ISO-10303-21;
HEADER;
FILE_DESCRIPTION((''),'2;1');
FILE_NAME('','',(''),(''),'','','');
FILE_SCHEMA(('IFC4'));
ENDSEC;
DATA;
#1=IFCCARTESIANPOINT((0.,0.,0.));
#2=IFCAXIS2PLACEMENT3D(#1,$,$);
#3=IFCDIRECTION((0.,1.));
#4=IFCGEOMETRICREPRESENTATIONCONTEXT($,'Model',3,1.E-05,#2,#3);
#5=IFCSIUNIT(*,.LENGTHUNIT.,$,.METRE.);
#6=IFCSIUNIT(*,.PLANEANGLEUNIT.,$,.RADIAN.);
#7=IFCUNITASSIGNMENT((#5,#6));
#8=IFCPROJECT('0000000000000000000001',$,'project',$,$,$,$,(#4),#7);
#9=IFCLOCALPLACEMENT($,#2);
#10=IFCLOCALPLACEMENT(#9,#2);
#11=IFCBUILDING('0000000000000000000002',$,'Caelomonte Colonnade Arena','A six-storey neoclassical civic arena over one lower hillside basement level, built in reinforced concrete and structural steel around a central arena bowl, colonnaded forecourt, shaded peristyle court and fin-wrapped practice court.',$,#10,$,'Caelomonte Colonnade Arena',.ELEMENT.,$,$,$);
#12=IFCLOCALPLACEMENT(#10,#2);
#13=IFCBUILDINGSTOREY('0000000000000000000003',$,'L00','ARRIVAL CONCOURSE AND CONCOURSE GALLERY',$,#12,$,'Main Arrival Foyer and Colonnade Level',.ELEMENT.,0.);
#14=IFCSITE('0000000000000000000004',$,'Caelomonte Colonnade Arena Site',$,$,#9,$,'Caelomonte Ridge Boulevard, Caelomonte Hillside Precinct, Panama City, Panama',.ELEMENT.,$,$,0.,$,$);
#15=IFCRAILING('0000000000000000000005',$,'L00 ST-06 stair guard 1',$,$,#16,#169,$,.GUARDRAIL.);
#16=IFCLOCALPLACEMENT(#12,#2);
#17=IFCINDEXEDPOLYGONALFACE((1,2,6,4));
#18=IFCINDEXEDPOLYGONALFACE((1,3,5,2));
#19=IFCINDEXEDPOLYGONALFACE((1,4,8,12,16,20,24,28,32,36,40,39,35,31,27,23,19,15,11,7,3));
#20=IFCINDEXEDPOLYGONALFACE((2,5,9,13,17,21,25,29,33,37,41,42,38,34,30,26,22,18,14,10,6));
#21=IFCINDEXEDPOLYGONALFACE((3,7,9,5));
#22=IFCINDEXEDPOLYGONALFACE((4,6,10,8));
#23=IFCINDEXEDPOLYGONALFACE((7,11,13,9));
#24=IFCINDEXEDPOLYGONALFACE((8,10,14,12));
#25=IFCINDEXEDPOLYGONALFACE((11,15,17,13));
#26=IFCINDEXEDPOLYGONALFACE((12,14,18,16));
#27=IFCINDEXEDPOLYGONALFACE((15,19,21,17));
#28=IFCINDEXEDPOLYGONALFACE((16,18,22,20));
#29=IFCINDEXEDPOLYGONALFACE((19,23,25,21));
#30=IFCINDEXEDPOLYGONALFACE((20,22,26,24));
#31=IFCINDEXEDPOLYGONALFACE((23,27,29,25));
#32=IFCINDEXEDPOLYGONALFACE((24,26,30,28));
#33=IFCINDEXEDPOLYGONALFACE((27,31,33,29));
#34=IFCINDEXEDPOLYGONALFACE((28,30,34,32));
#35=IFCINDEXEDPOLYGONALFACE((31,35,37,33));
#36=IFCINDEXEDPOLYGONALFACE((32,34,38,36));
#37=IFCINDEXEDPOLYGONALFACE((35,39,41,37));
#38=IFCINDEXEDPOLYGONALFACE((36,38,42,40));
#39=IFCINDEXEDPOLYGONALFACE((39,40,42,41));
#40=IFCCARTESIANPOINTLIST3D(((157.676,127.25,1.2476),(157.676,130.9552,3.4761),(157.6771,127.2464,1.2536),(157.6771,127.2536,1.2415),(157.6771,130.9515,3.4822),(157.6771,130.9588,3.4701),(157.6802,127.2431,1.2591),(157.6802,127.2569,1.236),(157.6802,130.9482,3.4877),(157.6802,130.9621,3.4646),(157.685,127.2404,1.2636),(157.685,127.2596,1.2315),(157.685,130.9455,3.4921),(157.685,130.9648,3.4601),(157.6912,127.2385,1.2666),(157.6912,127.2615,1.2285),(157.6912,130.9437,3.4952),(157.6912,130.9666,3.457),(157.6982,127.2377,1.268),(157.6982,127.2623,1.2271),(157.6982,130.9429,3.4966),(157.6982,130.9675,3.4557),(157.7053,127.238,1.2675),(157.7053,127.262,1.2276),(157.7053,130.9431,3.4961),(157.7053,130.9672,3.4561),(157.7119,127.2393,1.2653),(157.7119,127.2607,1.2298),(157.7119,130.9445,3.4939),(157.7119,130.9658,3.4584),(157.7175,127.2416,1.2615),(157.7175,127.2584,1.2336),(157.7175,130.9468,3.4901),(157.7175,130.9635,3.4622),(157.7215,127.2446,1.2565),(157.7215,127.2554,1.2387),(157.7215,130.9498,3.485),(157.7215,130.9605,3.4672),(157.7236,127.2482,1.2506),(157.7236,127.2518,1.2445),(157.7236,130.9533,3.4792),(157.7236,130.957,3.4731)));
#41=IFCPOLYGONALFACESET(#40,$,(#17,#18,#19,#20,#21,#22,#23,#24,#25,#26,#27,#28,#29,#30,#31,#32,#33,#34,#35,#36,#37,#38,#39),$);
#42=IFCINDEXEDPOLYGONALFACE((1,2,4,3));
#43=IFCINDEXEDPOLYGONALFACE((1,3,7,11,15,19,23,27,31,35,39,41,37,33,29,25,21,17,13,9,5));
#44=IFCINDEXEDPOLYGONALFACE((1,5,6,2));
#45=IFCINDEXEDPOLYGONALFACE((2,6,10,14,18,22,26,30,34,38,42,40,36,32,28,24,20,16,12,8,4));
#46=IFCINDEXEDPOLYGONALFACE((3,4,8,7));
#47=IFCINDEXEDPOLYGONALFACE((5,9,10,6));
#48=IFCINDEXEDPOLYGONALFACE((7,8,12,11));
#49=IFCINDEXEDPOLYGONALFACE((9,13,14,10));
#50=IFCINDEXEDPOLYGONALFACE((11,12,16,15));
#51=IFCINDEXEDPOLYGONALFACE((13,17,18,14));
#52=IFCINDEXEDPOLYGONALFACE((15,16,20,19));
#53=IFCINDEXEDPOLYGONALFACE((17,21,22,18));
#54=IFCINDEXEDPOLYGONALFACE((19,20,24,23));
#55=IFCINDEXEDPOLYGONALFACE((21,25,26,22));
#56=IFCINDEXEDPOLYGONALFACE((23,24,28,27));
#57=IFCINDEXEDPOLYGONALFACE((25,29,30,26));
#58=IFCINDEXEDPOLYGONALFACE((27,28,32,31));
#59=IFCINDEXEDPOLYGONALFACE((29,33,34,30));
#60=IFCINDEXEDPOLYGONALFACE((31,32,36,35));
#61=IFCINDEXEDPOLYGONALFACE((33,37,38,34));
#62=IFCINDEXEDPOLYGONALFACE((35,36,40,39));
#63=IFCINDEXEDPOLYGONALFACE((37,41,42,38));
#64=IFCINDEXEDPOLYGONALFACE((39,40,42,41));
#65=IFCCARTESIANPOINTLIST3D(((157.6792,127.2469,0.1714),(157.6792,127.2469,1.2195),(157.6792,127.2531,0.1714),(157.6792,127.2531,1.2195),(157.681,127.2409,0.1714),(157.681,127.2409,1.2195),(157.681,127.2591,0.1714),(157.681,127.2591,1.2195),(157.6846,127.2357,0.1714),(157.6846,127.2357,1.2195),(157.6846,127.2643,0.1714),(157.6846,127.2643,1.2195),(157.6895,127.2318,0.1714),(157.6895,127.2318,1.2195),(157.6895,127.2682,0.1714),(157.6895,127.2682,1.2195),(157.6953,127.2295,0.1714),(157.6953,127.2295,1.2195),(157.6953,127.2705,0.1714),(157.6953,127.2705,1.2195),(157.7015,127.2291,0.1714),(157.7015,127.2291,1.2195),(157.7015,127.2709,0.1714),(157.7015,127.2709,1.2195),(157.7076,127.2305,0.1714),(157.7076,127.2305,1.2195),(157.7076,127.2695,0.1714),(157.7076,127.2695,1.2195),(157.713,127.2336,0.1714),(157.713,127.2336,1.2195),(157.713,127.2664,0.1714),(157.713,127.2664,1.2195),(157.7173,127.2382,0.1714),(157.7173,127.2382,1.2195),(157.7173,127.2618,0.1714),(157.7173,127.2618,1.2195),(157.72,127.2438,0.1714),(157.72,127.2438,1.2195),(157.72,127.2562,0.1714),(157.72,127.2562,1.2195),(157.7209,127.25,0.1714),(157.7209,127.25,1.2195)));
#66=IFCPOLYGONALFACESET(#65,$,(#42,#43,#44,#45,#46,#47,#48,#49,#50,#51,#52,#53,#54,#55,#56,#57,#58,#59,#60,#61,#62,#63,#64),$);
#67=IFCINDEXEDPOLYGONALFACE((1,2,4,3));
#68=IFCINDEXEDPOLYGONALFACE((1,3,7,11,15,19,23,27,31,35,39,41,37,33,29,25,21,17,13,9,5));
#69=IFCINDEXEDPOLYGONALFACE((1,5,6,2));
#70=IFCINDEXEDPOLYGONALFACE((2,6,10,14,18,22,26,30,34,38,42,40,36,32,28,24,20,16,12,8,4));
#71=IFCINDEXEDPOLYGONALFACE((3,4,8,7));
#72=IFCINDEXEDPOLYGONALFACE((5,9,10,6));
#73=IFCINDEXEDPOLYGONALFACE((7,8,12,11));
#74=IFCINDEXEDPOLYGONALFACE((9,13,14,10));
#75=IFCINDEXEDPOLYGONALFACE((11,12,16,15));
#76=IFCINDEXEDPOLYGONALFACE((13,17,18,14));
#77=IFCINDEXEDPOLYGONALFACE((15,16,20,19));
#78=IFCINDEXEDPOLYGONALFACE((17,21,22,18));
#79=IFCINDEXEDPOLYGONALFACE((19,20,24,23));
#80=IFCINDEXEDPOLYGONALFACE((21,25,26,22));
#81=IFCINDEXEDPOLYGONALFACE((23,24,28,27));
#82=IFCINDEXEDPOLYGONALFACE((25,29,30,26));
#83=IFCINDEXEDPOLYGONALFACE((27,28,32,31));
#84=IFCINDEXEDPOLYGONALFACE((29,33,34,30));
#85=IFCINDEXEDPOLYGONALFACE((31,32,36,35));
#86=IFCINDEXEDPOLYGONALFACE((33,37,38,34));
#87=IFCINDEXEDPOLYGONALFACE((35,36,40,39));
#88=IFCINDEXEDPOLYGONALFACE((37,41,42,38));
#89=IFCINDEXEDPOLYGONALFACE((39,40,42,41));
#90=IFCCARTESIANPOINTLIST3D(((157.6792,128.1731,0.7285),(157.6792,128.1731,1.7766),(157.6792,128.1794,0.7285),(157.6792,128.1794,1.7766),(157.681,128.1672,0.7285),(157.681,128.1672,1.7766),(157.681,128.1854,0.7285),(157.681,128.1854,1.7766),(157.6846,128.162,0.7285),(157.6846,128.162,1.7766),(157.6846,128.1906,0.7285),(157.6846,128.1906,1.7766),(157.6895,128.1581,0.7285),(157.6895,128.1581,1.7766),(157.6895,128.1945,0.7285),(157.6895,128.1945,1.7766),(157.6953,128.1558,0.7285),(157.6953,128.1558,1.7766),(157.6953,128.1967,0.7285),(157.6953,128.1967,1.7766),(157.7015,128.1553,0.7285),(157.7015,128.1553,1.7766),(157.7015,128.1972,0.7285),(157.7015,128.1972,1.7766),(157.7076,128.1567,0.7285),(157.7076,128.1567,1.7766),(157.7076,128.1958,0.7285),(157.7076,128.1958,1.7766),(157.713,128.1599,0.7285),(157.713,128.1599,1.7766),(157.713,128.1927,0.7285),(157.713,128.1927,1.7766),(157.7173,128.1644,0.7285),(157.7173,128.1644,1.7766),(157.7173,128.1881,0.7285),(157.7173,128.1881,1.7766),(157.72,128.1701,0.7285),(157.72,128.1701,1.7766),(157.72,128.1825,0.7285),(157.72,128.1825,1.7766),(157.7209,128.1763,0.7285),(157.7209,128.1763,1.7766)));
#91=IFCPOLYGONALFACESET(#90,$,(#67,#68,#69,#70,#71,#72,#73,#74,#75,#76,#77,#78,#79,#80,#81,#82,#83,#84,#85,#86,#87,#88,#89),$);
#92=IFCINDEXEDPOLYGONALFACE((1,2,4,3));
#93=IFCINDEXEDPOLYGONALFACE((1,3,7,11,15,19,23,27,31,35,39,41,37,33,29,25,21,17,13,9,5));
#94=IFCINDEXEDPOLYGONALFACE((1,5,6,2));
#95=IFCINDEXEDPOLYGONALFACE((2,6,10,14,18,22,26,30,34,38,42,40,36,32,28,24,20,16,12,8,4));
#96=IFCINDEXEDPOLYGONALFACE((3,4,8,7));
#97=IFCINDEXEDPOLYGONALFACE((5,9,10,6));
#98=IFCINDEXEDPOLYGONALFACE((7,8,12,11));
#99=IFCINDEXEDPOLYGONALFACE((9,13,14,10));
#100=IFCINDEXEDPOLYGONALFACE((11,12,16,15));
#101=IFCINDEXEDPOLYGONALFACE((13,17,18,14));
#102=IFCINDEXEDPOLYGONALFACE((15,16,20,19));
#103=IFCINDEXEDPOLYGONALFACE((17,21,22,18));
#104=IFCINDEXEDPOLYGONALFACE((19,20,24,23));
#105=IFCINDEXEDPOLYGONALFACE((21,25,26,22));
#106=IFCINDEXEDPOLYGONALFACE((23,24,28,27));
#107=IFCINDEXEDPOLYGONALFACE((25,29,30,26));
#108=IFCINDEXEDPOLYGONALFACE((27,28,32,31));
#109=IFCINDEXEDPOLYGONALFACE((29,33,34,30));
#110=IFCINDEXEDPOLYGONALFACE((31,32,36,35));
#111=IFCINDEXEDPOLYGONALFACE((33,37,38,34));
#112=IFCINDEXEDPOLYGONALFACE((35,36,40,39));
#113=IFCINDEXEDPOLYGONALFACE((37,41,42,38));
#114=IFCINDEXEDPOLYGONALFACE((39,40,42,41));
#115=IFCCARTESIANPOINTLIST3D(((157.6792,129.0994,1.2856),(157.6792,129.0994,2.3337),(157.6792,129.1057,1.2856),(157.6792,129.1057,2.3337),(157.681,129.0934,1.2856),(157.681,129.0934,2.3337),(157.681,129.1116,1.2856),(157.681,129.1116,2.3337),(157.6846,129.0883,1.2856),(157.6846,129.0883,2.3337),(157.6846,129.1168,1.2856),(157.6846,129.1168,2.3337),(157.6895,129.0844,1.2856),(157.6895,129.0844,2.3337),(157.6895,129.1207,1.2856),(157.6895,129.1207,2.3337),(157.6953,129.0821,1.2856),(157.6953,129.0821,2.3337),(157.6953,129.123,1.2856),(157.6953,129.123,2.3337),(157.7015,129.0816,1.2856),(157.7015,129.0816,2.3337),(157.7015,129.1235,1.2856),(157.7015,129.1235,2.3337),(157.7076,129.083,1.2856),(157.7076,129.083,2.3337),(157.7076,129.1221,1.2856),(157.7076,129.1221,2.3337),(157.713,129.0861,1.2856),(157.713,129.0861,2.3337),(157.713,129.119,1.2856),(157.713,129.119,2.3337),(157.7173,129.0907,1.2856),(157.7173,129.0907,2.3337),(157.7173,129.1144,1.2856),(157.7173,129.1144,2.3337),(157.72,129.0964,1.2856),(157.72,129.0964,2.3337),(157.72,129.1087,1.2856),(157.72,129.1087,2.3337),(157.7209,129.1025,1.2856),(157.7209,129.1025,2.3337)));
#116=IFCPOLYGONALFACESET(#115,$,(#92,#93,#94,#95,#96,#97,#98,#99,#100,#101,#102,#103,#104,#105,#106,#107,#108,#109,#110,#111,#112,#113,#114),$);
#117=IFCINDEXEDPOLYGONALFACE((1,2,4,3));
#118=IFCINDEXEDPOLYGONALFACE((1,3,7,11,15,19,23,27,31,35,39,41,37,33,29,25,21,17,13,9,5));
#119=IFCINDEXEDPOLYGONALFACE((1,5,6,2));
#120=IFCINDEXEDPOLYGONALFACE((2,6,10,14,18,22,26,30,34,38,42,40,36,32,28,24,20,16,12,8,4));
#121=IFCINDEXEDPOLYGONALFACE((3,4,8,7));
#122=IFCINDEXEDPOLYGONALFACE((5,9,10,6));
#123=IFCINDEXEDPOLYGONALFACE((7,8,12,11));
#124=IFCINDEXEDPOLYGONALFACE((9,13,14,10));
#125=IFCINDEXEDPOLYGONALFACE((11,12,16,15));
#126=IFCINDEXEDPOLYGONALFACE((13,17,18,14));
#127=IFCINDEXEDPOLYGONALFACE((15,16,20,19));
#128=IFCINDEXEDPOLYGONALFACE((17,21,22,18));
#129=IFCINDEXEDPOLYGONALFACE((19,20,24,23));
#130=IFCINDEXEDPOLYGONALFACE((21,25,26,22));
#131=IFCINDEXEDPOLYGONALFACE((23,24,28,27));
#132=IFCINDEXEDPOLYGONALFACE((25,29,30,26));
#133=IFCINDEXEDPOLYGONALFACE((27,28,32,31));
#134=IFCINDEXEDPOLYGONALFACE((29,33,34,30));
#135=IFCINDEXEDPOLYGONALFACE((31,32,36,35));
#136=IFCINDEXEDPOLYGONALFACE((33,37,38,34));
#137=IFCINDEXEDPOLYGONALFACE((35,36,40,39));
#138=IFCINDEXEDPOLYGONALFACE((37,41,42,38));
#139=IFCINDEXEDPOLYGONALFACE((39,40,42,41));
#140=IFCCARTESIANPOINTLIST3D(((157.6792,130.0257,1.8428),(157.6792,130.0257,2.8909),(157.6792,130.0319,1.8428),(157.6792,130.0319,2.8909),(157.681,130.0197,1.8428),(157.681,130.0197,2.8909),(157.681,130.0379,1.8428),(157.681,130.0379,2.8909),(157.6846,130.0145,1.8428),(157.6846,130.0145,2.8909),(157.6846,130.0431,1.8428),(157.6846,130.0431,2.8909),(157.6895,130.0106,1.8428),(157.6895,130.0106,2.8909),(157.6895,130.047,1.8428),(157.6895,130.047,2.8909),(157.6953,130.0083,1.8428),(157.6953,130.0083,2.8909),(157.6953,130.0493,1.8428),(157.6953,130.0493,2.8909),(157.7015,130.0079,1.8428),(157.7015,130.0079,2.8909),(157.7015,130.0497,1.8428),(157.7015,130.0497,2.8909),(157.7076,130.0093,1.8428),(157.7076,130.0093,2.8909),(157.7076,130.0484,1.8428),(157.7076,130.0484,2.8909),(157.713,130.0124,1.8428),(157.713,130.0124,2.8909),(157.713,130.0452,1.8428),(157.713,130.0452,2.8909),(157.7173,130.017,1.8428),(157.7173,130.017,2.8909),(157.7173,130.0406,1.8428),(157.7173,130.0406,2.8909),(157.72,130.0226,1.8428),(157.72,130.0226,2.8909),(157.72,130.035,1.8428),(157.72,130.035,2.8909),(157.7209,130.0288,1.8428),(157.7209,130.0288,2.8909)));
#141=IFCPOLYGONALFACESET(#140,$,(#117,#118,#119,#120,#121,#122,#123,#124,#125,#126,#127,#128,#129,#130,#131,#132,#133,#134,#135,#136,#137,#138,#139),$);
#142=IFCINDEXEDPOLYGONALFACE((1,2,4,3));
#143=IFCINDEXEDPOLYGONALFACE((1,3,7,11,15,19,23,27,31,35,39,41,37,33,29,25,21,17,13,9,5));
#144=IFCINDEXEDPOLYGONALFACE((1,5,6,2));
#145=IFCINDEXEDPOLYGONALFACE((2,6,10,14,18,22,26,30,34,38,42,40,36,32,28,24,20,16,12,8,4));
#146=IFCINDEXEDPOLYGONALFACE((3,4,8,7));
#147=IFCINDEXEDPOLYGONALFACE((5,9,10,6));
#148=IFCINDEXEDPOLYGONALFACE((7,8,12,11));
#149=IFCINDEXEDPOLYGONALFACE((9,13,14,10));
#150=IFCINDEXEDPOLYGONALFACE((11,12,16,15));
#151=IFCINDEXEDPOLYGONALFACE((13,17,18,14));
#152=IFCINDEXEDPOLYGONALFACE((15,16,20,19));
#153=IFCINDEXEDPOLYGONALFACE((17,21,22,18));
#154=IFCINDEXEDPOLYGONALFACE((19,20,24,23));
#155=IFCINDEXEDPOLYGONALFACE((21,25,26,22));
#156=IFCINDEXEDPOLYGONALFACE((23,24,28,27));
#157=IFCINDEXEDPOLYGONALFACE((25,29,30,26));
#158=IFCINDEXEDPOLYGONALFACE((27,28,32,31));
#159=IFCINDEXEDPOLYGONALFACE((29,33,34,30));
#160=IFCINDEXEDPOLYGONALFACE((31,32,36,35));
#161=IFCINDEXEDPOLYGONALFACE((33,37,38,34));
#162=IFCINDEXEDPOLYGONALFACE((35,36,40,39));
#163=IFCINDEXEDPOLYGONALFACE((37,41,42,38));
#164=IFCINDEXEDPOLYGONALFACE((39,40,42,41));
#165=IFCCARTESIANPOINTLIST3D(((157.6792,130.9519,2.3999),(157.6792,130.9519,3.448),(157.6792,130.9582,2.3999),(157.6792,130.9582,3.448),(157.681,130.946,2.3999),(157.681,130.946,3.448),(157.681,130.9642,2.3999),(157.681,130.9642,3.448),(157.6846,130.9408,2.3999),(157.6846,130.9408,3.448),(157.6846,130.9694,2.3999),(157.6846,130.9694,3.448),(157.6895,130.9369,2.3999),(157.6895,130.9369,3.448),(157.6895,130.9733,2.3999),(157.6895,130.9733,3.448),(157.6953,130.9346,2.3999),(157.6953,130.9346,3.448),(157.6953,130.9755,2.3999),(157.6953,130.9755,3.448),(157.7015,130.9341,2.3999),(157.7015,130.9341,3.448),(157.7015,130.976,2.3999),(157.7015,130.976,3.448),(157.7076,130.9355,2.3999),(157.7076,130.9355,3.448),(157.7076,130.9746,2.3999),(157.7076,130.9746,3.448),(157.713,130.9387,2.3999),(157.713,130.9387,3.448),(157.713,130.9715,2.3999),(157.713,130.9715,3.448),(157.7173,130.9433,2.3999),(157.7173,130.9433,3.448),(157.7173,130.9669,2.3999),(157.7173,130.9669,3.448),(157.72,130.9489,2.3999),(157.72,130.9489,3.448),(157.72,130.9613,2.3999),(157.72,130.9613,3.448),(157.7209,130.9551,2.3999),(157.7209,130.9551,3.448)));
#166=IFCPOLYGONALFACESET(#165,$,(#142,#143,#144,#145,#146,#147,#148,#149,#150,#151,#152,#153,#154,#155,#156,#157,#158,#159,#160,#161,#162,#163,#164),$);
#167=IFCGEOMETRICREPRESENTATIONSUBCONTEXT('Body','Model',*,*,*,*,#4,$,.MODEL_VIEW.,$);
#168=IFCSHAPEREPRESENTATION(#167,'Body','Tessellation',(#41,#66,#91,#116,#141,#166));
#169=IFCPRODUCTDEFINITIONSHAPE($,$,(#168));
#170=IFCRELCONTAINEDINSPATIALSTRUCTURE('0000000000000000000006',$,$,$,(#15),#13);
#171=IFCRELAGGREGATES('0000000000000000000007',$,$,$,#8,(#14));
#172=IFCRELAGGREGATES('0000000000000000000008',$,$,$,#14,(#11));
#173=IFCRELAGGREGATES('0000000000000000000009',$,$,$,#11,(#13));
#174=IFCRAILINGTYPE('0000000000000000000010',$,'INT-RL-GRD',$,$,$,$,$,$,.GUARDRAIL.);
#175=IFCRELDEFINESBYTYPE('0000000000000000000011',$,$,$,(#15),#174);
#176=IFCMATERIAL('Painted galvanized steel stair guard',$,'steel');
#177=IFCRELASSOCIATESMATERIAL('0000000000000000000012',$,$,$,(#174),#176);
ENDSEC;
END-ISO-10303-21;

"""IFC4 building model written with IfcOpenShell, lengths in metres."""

from ifc_helpers import new_model, si_unit, direction, frame, origin, origin_2d, place, context, subcontext, project, spatial, circle, extrude, material, type_object, element, save


model = new_model("IFC4")

# Units and contexts
model_context = context("Model", 3, precision=1e-05, world=origin(), true_north=direction((0.0, 1.0)))
body_context = subcontext(model_context, "Body", "Model", "MODEL_VIEW")
ifc_project = project(units=[si_unit("LENGTHUNIT", "METRE"), si_unit("PLANEANGLEUNIT", "RADIAN")], contexts=[model_context])

# Site, building, storey
site_placement = place(None, origin())
site = spatial("IfcSite", under=ifc_project, at=site_placement, Name="Caelomonte Colonnade Arena Site", LongName="Caelomonte Ridge Boulevard, Caelomonte Hillside Precinct, Panama City, Panama", CompositionType="ELEMENT", RefElevation=0.0)
building_placement = place(site_placement, origin())
building = spatial("IfcBuilding", under=site, at=building_placement, Name="Caelomonte Colonnade Arena", Description="A six-storey neoclassical civic arena over one lower hillside basement level, built in reinforced concrete and structural steel around a central arena bowl, colonnaded forecourt, shaded peristyle court and fin-wrapped practice court.", LongName="Caelomonte Colonnade Arena", CompositionType="ELEMENT")
storey_placement = place(building_placement, origin())
storey = spatial("IfcBuildingStorey", under=building, at=storey_placement, Name="L00", Description="ARRIVAL CONCOURSE AND CONCOURSE GALLERY", LongName="Main Arrival Foyer and Colonnade Level", CompositionType="ELEMENT", Elevation=0.0)

# Railing
ifc_material_1 = material(Name="Painted galvanized steel stair guard", Category="steel")
railing_type_1 = type_object("IfcRailingType", Name="INT-RL-GRD", PredefinedType="GUARDRAIL", material=ifc_material_1)
railing_1_placement = place(storey_placement, frame((157.7, 127.25, 0.1714)))
element("IfcRailing", 1, at=railing_1_placement, inside=storey, type_object=railing_type_1, Name="L00 ST-06 stair guard 1", PredefinedType="GUARDRAIL", context=body_context, shape_type="SweptSolid", body=[
    extrude(circle(Radius=0.0239, at=origin_2d()), frame((0.0, 0.0, 1.0762), z_axis=(0.0, 0.856934, 0.515425), x_axis=(-1.0, 0.0, 0.0)), (0.0, 0.0, 1.0), 4.3237),
    extrude(circle(Radius=0.021, at=origin_2d()), origin(), (0.0, 0.0, 1.0), 1.0481),
    extrude(circle(Radius=0.021, at=origin_2d()), frame((0.0, 0.9263, 0.5571)), (0.0, 0.0, 1.0), 1.0481),
    extrude(circle(Radius=0.021, at=origin_2d()), frame((0.0, 1.8525, 1.1143)), (0.0, 0.0, 1.0), 1.0481),
    extrude(circle(Radius=0.021, at=origin_2d()), frame((0.0, 2.7788, 1.6714)), (0.0, 0.0, 1.0), 1.0481),
    extrude(circle(Radius=0.021, at=origin_2d()), frame((0.0, 3.7051, 2.2285)), (0.0, 0.0, 1.0), 1.0481),
])

save(model, "model.ifc")
